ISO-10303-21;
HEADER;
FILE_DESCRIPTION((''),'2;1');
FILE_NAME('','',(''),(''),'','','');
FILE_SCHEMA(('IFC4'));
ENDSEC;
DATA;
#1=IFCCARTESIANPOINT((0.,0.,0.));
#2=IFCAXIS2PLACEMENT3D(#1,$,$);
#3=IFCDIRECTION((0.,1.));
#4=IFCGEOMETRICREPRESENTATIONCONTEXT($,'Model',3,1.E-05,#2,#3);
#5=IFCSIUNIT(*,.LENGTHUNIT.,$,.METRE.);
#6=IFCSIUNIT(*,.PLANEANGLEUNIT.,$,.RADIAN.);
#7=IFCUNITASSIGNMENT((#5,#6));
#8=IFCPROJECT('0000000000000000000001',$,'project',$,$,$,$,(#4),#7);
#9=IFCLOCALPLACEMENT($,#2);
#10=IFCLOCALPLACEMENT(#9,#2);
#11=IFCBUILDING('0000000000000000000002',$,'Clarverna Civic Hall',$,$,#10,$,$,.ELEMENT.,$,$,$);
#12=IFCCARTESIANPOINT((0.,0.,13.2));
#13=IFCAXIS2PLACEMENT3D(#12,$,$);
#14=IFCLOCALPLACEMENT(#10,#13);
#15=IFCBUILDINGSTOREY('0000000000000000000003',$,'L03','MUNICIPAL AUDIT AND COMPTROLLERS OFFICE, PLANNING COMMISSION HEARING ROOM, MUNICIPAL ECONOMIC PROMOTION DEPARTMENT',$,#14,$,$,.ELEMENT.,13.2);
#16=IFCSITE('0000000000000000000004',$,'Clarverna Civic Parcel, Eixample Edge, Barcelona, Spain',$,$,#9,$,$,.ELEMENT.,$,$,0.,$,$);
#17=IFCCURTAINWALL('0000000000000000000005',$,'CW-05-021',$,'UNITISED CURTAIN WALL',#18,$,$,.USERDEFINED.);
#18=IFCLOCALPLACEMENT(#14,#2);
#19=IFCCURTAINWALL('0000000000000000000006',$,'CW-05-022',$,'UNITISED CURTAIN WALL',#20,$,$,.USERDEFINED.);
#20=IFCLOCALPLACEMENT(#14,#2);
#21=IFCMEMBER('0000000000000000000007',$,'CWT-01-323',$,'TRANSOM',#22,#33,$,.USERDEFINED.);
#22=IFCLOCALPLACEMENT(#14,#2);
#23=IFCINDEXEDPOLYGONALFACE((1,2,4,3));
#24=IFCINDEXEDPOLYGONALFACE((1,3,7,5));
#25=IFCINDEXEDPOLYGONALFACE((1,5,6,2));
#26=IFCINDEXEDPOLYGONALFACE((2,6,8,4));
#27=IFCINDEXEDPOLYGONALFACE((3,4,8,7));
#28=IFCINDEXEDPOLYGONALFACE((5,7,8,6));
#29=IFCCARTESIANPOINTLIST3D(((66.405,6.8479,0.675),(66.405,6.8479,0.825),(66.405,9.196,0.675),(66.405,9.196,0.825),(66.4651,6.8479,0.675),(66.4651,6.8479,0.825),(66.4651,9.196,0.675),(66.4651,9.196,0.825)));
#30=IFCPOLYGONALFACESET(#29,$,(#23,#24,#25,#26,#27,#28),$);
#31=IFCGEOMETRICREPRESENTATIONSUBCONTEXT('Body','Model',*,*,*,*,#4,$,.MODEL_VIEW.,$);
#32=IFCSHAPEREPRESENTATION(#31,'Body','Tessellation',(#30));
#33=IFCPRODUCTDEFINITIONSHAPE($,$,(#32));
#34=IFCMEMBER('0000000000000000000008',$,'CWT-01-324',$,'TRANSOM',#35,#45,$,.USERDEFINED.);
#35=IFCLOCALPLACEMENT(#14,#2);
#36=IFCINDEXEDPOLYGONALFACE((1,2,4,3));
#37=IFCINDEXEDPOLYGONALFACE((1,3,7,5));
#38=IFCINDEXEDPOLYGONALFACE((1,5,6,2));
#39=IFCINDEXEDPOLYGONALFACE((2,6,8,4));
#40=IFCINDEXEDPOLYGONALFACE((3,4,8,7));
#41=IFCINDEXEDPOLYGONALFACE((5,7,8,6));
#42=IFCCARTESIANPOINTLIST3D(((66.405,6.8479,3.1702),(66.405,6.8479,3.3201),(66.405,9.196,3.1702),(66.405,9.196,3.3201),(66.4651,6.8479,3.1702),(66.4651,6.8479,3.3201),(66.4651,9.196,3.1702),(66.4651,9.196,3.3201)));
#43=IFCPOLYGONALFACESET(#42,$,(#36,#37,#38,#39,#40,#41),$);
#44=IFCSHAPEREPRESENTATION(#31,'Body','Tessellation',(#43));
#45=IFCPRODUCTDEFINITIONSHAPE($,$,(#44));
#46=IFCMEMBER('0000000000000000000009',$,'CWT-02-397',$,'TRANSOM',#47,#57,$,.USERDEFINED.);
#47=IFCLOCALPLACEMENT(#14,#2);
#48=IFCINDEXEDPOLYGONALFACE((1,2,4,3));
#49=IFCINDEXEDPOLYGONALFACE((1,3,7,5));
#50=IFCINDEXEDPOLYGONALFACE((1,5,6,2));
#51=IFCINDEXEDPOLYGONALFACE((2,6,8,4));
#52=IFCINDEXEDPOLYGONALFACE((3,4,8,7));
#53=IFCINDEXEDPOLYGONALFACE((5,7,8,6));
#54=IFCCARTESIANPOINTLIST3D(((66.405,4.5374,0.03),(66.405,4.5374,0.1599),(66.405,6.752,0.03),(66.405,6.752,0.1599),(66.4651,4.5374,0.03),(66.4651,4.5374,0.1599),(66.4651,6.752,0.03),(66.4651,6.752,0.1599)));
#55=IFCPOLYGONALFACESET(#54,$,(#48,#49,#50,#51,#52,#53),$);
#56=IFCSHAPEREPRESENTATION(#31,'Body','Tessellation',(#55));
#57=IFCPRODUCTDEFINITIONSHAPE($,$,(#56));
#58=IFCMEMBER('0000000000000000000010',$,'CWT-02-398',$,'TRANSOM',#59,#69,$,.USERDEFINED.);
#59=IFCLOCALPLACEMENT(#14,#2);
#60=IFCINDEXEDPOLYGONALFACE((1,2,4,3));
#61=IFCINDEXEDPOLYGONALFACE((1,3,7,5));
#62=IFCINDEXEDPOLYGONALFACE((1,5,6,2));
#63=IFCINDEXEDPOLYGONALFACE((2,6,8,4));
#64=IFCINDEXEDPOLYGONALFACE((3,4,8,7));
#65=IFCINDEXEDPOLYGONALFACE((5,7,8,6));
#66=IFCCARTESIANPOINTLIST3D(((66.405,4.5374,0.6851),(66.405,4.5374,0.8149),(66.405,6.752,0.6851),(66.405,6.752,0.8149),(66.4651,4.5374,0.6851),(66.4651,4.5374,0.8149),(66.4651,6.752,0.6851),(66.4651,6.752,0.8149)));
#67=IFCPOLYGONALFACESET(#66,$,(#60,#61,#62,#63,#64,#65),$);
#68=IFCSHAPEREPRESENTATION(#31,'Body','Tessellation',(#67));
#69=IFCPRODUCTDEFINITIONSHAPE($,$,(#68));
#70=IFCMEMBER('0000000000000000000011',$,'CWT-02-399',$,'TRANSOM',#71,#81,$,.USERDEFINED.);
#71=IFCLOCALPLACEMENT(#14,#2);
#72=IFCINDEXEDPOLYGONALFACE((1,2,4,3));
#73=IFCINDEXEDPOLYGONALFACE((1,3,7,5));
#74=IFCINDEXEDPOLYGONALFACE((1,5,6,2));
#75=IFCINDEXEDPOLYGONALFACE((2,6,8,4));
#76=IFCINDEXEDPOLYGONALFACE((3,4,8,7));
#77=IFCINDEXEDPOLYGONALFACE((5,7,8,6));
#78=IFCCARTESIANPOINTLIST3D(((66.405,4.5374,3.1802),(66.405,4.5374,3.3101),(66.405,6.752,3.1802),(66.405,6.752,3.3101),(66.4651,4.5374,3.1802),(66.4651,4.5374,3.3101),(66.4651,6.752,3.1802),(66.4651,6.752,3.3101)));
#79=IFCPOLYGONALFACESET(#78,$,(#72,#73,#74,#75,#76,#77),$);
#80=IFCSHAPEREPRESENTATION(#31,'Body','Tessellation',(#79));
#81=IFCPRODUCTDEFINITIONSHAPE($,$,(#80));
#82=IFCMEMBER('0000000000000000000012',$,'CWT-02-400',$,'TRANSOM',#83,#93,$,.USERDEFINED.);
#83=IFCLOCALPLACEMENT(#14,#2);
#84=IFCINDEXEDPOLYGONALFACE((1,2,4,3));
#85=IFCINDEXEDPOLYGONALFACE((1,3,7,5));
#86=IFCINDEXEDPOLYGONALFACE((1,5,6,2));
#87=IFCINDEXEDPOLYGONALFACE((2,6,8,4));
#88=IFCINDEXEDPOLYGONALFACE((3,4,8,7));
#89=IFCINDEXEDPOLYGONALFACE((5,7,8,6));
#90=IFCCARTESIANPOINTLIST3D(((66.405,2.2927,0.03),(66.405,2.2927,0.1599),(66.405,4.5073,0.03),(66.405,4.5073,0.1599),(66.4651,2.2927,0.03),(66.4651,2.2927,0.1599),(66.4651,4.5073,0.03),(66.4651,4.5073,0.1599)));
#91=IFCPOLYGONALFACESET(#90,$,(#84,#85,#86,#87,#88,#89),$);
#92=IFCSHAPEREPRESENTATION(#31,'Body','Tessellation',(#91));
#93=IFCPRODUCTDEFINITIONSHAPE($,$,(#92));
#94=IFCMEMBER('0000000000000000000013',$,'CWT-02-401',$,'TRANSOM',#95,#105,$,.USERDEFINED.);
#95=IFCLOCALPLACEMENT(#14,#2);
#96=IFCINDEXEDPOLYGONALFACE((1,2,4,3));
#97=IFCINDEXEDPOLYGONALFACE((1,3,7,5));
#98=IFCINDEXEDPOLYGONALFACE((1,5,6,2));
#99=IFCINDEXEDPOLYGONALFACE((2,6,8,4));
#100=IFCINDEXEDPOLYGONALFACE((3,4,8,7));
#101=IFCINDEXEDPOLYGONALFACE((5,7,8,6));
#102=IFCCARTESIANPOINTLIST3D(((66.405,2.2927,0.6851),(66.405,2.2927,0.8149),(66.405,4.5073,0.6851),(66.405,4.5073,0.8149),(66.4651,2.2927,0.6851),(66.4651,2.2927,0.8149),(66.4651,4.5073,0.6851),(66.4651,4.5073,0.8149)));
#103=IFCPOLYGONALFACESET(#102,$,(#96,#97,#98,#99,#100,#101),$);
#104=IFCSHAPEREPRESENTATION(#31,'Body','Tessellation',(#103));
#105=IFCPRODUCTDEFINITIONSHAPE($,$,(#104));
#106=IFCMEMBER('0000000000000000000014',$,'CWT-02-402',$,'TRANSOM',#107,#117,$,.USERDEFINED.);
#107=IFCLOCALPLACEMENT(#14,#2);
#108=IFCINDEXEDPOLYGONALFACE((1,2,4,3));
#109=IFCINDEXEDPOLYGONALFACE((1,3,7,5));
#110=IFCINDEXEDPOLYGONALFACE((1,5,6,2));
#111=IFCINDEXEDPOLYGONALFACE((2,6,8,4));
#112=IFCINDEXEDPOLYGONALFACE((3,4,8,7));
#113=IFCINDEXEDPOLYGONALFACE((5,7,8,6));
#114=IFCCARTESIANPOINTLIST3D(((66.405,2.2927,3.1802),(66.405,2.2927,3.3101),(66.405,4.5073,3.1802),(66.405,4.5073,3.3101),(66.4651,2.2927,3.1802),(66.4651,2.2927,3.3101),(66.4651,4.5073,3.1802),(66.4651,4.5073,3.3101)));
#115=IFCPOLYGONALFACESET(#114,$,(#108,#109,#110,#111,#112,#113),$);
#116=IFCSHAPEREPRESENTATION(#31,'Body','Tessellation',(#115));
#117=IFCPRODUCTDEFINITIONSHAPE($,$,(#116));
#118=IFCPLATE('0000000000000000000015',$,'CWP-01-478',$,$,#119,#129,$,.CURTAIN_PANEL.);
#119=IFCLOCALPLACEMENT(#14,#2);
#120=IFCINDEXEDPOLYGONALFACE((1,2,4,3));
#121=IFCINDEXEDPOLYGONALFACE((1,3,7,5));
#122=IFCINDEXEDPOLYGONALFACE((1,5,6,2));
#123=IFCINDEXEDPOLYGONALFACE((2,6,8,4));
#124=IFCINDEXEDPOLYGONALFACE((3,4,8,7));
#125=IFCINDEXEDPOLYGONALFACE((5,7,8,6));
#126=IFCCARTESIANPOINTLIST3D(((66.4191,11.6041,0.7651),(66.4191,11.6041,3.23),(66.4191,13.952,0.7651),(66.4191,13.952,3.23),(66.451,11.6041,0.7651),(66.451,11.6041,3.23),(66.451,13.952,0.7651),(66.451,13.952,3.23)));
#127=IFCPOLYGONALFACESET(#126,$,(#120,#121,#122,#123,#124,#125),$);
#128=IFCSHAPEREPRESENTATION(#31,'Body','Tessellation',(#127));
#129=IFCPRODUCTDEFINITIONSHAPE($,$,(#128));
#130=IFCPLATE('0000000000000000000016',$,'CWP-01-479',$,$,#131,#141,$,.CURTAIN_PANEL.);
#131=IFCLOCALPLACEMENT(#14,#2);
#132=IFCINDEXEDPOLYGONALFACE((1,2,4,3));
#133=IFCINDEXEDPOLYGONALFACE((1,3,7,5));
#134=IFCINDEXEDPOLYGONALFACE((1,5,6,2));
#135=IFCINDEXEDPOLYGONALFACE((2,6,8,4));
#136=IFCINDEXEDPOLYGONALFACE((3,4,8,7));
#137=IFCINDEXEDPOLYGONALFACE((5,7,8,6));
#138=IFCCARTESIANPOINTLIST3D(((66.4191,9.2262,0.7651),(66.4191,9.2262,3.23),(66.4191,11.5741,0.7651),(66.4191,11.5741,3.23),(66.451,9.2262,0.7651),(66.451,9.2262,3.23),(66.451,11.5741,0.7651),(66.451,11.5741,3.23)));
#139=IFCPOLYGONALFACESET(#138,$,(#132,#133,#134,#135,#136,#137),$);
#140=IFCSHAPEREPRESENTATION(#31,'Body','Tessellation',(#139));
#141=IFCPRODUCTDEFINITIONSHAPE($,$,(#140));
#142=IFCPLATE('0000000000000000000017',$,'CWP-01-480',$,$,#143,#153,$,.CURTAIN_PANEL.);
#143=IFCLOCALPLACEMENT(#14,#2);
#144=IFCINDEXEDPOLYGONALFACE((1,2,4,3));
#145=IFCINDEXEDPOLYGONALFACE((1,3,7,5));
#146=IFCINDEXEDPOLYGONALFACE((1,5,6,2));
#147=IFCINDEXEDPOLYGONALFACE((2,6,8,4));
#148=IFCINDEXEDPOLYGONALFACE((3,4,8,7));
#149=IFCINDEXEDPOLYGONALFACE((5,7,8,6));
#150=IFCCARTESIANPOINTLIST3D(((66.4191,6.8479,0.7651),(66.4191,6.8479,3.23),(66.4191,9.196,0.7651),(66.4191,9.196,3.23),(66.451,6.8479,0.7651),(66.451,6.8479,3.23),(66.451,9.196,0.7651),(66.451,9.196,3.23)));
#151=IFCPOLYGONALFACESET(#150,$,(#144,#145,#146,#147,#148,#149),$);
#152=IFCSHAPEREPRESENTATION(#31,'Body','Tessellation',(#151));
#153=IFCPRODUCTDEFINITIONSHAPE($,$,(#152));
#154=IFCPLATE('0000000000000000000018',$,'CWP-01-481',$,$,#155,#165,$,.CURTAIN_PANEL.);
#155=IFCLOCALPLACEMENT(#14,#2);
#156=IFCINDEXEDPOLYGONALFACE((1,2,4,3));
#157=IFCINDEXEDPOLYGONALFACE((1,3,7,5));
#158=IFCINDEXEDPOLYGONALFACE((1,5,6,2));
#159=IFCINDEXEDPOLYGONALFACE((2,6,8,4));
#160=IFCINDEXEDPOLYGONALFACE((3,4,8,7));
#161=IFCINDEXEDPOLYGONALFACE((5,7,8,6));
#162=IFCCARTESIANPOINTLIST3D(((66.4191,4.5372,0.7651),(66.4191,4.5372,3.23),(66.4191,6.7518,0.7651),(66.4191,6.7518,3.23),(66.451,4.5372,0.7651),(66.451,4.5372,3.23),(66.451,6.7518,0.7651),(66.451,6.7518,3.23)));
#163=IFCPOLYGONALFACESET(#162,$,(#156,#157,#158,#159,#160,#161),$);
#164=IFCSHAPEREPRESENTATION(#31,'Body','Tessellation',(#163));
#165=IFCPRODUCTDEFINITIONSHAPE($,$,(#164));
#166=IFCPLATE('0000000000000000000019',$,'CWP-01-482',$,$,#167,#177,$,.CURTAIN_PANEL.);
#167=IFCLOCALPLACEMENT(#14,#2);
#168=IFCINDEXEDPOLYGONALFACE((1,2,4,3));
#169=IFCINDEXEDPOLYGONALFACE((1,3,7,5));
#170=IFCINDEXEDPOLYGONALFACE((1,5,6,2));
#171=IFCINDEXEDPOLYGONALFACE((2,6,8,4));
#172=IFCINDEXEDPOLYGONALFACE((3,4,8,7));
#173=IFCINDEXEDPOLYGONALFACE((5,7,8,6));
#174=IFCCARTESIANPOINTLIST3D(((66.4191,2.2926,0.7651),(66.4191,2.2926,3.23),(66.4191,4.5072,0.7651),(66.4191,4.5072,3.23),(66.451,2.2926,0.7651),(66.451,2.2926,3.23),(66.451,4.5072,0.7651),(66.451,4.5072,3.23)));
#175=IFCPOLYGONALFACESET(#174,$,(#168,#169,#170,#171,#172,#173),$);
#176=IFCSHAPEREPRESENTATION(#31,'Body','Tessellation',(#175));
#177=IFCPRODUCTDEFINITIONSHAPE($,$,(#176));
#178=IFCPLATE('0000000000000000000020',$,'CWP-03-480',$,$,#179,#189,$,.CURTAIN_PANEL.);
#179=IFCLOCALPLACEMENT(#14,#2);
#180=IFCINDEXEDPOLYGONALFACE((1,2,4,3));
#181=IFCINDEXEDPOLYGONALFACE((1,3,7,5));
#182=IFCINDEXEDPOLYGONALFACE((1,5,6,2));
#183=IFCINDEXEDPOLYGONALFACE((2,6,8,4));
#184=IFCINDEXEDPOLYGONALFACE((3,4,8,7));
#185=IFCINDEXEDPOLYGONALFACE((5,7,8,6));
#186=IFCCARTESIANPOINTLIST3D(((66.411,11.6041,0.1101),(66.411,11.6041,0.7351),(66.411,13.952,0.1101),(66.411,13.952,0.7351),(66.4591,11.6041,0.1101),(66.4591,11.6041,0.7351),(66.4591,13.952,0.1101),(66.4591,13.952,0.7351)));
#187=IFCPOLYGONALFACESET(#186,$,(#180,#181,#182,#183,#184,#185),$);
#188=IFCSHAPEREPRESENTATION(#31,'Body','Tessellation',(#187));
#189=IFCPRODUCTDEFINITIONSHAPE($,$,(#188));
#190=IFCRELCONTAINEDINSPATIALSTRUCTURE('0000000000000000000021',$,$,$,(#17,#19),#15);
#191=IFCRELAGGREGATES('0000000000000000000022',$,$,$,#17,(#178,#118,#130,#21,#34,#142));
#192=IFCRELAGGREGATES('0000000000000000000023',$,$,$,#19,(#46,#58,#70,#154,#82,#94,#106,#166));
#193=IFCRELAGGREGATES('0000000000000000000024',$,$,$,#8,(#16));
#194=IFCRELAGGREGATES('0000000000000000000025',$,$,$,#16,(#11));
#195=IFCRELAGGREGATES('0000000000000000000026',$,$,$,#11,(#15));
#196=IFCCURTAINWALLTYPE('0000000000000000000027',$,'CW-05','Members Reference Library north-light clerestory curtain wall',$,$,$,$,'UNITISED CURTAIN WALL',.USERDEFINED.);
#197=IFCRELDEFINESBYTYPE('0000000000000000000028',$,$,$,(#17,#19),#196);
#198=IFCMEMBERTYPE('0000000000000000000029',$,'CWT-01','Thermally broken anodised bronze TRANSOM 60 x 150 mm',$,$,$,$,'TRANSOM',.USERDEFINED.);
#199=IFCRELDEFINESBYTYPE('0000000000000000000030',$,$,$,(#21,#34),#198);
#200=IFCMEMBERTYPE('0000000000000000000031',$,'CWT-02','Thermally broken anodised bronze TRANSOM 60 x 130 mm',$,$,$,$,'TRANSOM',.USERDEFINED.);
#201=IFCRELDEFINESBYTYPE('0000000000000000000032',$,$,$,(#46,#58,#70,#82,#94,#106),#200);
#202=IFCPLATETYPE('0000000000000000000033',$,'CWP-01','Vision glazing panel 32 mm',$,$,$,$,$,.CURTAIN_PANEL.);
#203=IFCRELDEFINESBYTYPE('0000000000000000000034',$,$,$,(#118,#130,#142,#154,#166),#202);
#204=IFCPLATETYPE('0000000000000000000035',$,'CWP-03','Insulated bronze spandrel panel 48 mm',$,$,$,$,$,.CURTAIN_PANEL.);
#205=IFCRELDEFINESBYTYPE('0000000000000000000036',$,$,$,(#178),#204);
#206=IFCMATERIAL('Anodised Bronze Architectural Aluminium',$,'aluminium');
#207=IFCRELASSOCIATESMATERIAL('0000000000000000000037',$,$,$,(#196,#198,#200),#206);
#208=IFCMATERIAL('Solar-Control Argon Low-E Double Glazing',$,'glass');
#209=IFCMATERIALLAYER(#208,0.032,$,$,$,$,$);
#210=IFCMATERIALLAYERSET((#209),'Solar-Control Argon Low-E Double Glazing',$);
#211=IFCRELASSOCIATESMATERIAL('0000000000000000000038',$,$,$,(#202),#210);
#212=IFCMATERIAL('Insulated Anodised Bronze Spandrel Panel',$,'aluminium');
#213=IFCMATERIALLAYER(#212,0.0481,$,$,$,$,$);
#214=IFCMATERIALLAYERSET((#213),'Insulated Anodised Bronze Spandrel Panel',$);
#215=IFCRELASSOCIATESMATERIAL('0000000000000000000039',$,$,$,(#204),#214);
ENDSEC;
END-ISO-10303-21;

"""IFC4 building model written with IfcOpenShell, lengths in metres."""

from ifc_helpers import new_model, si_unit, direction, frame, frame_2d, origin, origin_2d, place, context, subcontext, project, spatial, rectangle, extrude, material, layer, layer_set, material_profile, profile_set, type_object, element, aggregate, save


model = new_model("IFC4")

# Units and contexts
model_context = context("Model", 3, precision=1e-05, world=origin(), true_north=direction((0.0, 1.0)))
body_context = subcontext(model_context, "Body", "Model", "MODEL_VIEW")
ifc_project = project(units=[si_unit("LENGTHUNIT", "METRE"), si_unit("PLANEANGLEUNIT", "RADIAN")], contexts=[model_context])

# Site, building, storey
site_placement = place(None, origin())
site = spatial("IfcSite", under=ifc_project, at=site_placement, Name="Clarverna Civic Parcel, Eixample Edge, Barcelona, Spain", CompositionType="ELEMENT", RefElevation=0.0)
building_placement = place(site_placement, origin())
building = spatial("IfcBuilding", under=site, at=building_placement, Name="Clarverna Civic Hall", CompositionType="ELEMENT")
storey_placement = place(building_placement, frame((0.0, 0.0, 13.2)))
storey = spatial("IfcBuildingStorey", under=building, at=storey_placement, Name="L03", Description="MUNICIPAL AUDIT AND COMPTROLLERS OFFICE, PLANNING COMMISSION HEARING ROOM, MUNICIPAL ECONOMIC PROMOTION DEPARTMENT", CompositionType="ELEMENT", Elevation=13.2)

# Curtain walls
ifc_material_1 = material(Name="Anodised Bronze Architectural Aluminium", Category="aluminium")
curtain_wall_type = type_object("IfcCurtainWallType", Name="CW-05", Description="Members Reference Library north-light clerestory curtain wall", ElementType="UNITISED CURTAIN WALL", PredefinedType="USERDEFINED", material=ifc_material_1)
curtain_wall_1_placement = place(storey_placement, origin())
curtain_wall_1 = element("IfcCurtainWall", 1, at=curtain_wall_1_placement, inside=storey, type_object=curtain_wall_type, Name="CW-05-021", ObjectType="UNITISED CURTAIN WALL", PredefinedType="USERDEFINED")
curtain_wall_2_placement = place(storey_placement, origin())
curtain_wall_2 = element("IfcCurtainWall", 2, at=curtain_wall_2_placement, inside=storey, type_object=curtain_wall_type, Name="CW-05-022", ObjectType="UNITISED CURTAIN WALL", PredefinedType="USERDEFINED")

# Members
ifc_material_profile_1 = material_profile(ifc_material_1, rectangle(XDim=0.0601, YDim=0.1499, at=origin_2d()), Name="BRONZE 60x150")
ifc_profile_set_1 = profile_set([ifc_material_profile_1], Name="Anodised Bronze Architectural Aluminium")
member_type_1 = type_object("IfcMemberType", Name="CWT-01", Description="Thermally broken anodised bronze TRANSOM 60 x 150 mm", ElementType="TRANSOM", PredefinedType="USERDEFINED", material=ifc_profile_set_1)
member_1_placement = place(storey_placement, frame((66.4351, 9.196, 0.75), z_axis=(0.0, -1.0, 0.0), x_axis=(1.0, 0.0, 0.0)))
member_1 = element("IfcMember", 3, at=member_1_placement, type_object=member_type_1, Name="CWT-01-323", ObjectType="TRANSOM", PredefinedType="USERDEFINED", context=body_context, shape_type="SweptSolid", body=[
    extrude(rectangle(XDim=0.0601, YDim=0.1499, at=origin_2d()), origin(), (0.0, 0.0, 1.0), 2.3481),
])
member_2_placement = place(storey_placement, frame((66.4351, 9.196, 3.2451), z_axis=(0.0, -1.0, 0.0), x_axis=(1.0, 0.0, 0.0)))
member_2 = element("IfcMember", 4, at=member_2_placement, type_object=member_type_1, Name="CWT-01-324", ObjectType="TRANSOM", PredefinedType="USERDEFINED", context=body_context, shape_type="SweptSolid", body=[
    extrude(rectangle(XDim=0.0601, YDim=0.1499, at=origin_2d()), origin(), (0.0, 0.0, 1.0), 2.3481),
])
ifc_material_profile_2 = material_profile(ifc_material_1, rectangle(XDim=0.0601, YDim=0.1299, at=origin_2d()), Name="BRONZE 60x130")
ifc_profile_set_2 = profile_set([ifc_material_profile_2], Name="Anodised Bronze Architectural Aluminium")
member_type_2 = type_object("IfcMemberType", Name="CWT-02", Description="Thermally broken anodised bronze TRANSOM 60 x 130 mm", ElementType="TRANSOM", PredefinedType="USERDEFINED", material=ifc_profile_set_2)
member_3_placement = place(storey_placement, frame((66.4351, 6.752, 0.095), z_axis=(0.0, -1.0, 0.0), x_axis=(1.0, 0.0, 0.0)))
member_3 = element("IfcMember", 5, at=member_3_placement, type_object=member_type_2, Name="CWT-02-397", ObjectType="TRANSOM", PredefinedType="USERDEFINED", context=body_context, shape_type="SweptSolid", body=[
    extrude(rectangle(XDim=0.0601, YDim=0.1299, at=origin_2d()), origin(), (0.0, 0.0, 1.0), 2.2146),
])
member_4_placement = place(storey_placement, frame((66.4351, 6.752, 0.75), z_axis=(0.0, -1.0, 0.0), x_axis=(1.0, 0.0, 0.0)))
member_4 = element("IfcMember", 6, at=member_4_placement, type_object=member_type_2, Name="CWT-02-398", ObjectType="TRANSOM", PredefinedType="USERDEFINED", context=body_context, shape_type="SweptSolid", body=[
    extrude(rectangle(XDim=0.0601, YDim=0.1299, at=origin_2d()), origin(), (0.0, 0.0, 1.0), 2.2146),
])
member_5_placement = place(storey_placement, frame((66.4351, 6.752, 3.2451), z_axis=(0.0, -1.0, 0.0), x_axis=(1.0, 0.0, 0.0)))
member_5 = element("IfcMember", 7, at=member_5_placement, type_object=member_type_2, Name="CWT-02-399", ObjectType="TRANSOM", PredefinedType="USERDEFINED", context=body_context, shape_type="SweptSolid", body=[
    extrude(rectangle(XDim=0.0601, YDim=0.1299, at=origin_2d()), origin(), (0.0, 0.0, 1.0), 2.2146),
])
member_6_placement = place(storey_placement, frame((66.4351, 4.5073, 0.095), z_axis=(0.0, -1.0, 0.0), x_axis=(1.0, 0.0, 0.0)))
member_6 = element("IfcMember", 8, at=member_6_placement, type_object=member_type_2, Name="CWT-02-400", ObjectType="TRANSOM", PredefinedType="USERDEFINED", context=body_context, shape_type="SweptSolid", body=[
    extrude(rectangle(XDim=0.0601, YDim=0.1299, at=origin_2d()), origin(), (0.0, 0.0, 1.0), 2.2146),
])
member_7_placement = place(storey_placement, frame((66.4351, 4.5073, 0.75), z_axis=(0.0, -1.0, 0.0), x_axis=(1.0, 0.0, 0.0)))
member_7 = element("IfcMember", 9, at=member_7_placement, type_object=member_type_2, Name="CWT-02-401", ObjectType="TRANSOM", PredefinedType="USERDEFINED", context=body_context, shape_type="SweptSolid", body=[
    extrude(rectangle(XDim=0.0601, YDim=0.1299, at=origin_2d()), origin(), (0.0, 0.0, 1.0), 2.2146),
])
member_8_placement = place(storey_placement, frame((66.4351, 4.5073, 3.2451), z_axis=(0.0, -1.0, 0.0), x_axis=(1.0, 0.0, 0.0)))
member_8 = element("IfcMember", 10, at=member_8_placement, type_object=member_type_2, Name="CWT-02-402", ObjectType="TRANSOM", PredefinedType="USERDEFINED", context=body_context, shape_type="SweptSolid", body=[
    extrude(rectangle(XDim=0.0601, YDim=0.1299, at=origin_2d()), origin(), (0.0, 0.0, 1.0), 2.2146),
])

# Plates
ifc_material_2 = material(Name="Solar-Control Argon Low-E Double Glazing", Category="glass")
ifc_layer_1 = layer(ifc_material_2, 0.032)
ifc_layer_set_1 = layer_set([ifc_layer_1], Name="Solar-Control Argon Low-E Double Glazing")
plate_type_1 = type_object("IfcPlateType", Name="CWP-01", Description="Vision glazing panel 32 mm", PredefinedType="CURTAIN_PANEL", material=ifc_layer_set_1)
plate_1_placement = place(storey_placement, frame((66.4351, 13.9519, 0.7651), z_axis=(0.0, 0.0, 1.0), x_axis=(0.0, -1.0, 0.0)))
plate_1 = element("IfcPlate", 11, at=plate_1_placement, type_object=plate_type_1, Name="CWP-01-478", PredefinedType="CURTAIN_PANEL", context=body_context, shape_type="SweptSolid", body=[
    extrude(rectangle(XDim=2.3479, YDim=0.032, at=frame_2d((1.1738, 0.0))), origin(), (0.0, 0.0, 1.0), 2.4648),
])
plate_2_placement = place(storey_placement, frame((66.4351, 11.574, 0.7651), z_axis=(0.0, 0.0, 1.0), x_axis=(0.0, -1.0, 0.0)))
plate_2 = element("IfcPlate", 12, at=plate_2_placement, type_object=plate_type_1, Name="CWP-01-479", PredefinedType="CURTAIN_PANEL", context=body_context, shape_type="SweptSolid", body=[
    extrude(rectangle(XDim=2.3479, YDim=0.032, at=frame_2d((1.1738, 0.0))), origin(), (0.0, 0.0, 1.0), 2.4648),
])
plate_3_placement = place(storey_placement, frame((66.4351, 9.196, 0.7651), z_axis=(0.0, 0.0, 1.0), x_axis=(0.0, -1.0, 0.0)))
plate_3 = element("IfcPlate", 13, at=plate_3_placement, type_object=plate_type_1, Name="CWP-01-480", PredefinedType="CURTAIN_PANEL", context=body_context, shape_type="SweptSolid", body=[
    extrude(rectangle(XDim=2.3481, YDim=0.032, at=frame_2d((1.1741, 0.0))), origin(), (0.0, 0.0, 1.0), 2.4648),
])
plate_4_placement = place(storey_placement, frame((66.4351, 6.752, 0.7651), z_axis=(0.0, 0.0, 1.0), x_axis=(0.0, -1.0, 0.0)))
plate_4 = element("IfcPlate", 14, at=plate_4_placement, type_object=plate_type_1, Name="CWP-01-481", PredefinedType="CURTAIN_PANEL", context=body_context, shape_type="SweptSolid", body=[
    extrude(rectangle(XDim=2.2146, YDim=0.032, at=frame_2d((1.1074, 0.0))), origin(), (0.0, 0.0, 1.0), 2.4648),
])
plate_5_placement = place(storey_placement, frame((66.4351, 4.5073, 0.7651), z_axis=(0.0, 0.0, 1.0), x_axis=(0.0, -1.0, 0.0)))
plate_5 = element("IfcPlate", 15, at=plate_5_placement, type_object=plate_type_1, Name="CWP-01-482", PredefinedType="CURTAIN_PANEL", context=body_context, shape_type="SweptSolid", body=[
    extrude(rectangle(XDim=2.2146, YDim=0.032, at=frame_2d((1.1074, 0.0))), origin(), (0.0, 0.0, 1.0), 2.4648),
])
ifc_material_3 = material(Name="Insulated Anodised Bronze Spandrel Panel", Category="aluminium")
ifc_layer_2 = layer(ifc_material_3, 0.0481)
ifc_layer_set_2 = layer_set([ifc_layer_2], Name="Insulated Anodised Bronze Spandrel Panel")
plate_type_2 = type_object("IfcPlateType", Name="CWP-03", Description="Insulated bronze spandrel panel 48 mm", PredefinedType="CURTAIN_PANEL", material=ifc_layer_set_2)
plate_6_placement = place(storey_placement, frame((66.4351, 13.9519, 0.1101), z_axis=(0.0, 0.0, 1.0), x_axis=(0.0, -1.0, 0.0)))
plate_6 = element("IfcPlate", 16, at=plate_6_placement, type_object=plate_type_2, Name="CWP-03-480", PredefinedType="CURTAIN_PANEL", context=body_context, shape_type="SweptSolid", body=[
    extrude(rectangle(XDim=2.3479, YDim=0.0481, at=frame_2d((1.1738, 0.0))), origin(), (0.0, 0.0, 1.0), 0.625),
])
aggregate(curtain_wall_1, [plate_6, plate_1, plate_2, member_1, member_2, plate_3])
aggregate(curtain_wall_2, [member_3, member_4, member_5, plate_4, member_6, member_7, member_8, plate_5])

save(model, "model.ifc")
